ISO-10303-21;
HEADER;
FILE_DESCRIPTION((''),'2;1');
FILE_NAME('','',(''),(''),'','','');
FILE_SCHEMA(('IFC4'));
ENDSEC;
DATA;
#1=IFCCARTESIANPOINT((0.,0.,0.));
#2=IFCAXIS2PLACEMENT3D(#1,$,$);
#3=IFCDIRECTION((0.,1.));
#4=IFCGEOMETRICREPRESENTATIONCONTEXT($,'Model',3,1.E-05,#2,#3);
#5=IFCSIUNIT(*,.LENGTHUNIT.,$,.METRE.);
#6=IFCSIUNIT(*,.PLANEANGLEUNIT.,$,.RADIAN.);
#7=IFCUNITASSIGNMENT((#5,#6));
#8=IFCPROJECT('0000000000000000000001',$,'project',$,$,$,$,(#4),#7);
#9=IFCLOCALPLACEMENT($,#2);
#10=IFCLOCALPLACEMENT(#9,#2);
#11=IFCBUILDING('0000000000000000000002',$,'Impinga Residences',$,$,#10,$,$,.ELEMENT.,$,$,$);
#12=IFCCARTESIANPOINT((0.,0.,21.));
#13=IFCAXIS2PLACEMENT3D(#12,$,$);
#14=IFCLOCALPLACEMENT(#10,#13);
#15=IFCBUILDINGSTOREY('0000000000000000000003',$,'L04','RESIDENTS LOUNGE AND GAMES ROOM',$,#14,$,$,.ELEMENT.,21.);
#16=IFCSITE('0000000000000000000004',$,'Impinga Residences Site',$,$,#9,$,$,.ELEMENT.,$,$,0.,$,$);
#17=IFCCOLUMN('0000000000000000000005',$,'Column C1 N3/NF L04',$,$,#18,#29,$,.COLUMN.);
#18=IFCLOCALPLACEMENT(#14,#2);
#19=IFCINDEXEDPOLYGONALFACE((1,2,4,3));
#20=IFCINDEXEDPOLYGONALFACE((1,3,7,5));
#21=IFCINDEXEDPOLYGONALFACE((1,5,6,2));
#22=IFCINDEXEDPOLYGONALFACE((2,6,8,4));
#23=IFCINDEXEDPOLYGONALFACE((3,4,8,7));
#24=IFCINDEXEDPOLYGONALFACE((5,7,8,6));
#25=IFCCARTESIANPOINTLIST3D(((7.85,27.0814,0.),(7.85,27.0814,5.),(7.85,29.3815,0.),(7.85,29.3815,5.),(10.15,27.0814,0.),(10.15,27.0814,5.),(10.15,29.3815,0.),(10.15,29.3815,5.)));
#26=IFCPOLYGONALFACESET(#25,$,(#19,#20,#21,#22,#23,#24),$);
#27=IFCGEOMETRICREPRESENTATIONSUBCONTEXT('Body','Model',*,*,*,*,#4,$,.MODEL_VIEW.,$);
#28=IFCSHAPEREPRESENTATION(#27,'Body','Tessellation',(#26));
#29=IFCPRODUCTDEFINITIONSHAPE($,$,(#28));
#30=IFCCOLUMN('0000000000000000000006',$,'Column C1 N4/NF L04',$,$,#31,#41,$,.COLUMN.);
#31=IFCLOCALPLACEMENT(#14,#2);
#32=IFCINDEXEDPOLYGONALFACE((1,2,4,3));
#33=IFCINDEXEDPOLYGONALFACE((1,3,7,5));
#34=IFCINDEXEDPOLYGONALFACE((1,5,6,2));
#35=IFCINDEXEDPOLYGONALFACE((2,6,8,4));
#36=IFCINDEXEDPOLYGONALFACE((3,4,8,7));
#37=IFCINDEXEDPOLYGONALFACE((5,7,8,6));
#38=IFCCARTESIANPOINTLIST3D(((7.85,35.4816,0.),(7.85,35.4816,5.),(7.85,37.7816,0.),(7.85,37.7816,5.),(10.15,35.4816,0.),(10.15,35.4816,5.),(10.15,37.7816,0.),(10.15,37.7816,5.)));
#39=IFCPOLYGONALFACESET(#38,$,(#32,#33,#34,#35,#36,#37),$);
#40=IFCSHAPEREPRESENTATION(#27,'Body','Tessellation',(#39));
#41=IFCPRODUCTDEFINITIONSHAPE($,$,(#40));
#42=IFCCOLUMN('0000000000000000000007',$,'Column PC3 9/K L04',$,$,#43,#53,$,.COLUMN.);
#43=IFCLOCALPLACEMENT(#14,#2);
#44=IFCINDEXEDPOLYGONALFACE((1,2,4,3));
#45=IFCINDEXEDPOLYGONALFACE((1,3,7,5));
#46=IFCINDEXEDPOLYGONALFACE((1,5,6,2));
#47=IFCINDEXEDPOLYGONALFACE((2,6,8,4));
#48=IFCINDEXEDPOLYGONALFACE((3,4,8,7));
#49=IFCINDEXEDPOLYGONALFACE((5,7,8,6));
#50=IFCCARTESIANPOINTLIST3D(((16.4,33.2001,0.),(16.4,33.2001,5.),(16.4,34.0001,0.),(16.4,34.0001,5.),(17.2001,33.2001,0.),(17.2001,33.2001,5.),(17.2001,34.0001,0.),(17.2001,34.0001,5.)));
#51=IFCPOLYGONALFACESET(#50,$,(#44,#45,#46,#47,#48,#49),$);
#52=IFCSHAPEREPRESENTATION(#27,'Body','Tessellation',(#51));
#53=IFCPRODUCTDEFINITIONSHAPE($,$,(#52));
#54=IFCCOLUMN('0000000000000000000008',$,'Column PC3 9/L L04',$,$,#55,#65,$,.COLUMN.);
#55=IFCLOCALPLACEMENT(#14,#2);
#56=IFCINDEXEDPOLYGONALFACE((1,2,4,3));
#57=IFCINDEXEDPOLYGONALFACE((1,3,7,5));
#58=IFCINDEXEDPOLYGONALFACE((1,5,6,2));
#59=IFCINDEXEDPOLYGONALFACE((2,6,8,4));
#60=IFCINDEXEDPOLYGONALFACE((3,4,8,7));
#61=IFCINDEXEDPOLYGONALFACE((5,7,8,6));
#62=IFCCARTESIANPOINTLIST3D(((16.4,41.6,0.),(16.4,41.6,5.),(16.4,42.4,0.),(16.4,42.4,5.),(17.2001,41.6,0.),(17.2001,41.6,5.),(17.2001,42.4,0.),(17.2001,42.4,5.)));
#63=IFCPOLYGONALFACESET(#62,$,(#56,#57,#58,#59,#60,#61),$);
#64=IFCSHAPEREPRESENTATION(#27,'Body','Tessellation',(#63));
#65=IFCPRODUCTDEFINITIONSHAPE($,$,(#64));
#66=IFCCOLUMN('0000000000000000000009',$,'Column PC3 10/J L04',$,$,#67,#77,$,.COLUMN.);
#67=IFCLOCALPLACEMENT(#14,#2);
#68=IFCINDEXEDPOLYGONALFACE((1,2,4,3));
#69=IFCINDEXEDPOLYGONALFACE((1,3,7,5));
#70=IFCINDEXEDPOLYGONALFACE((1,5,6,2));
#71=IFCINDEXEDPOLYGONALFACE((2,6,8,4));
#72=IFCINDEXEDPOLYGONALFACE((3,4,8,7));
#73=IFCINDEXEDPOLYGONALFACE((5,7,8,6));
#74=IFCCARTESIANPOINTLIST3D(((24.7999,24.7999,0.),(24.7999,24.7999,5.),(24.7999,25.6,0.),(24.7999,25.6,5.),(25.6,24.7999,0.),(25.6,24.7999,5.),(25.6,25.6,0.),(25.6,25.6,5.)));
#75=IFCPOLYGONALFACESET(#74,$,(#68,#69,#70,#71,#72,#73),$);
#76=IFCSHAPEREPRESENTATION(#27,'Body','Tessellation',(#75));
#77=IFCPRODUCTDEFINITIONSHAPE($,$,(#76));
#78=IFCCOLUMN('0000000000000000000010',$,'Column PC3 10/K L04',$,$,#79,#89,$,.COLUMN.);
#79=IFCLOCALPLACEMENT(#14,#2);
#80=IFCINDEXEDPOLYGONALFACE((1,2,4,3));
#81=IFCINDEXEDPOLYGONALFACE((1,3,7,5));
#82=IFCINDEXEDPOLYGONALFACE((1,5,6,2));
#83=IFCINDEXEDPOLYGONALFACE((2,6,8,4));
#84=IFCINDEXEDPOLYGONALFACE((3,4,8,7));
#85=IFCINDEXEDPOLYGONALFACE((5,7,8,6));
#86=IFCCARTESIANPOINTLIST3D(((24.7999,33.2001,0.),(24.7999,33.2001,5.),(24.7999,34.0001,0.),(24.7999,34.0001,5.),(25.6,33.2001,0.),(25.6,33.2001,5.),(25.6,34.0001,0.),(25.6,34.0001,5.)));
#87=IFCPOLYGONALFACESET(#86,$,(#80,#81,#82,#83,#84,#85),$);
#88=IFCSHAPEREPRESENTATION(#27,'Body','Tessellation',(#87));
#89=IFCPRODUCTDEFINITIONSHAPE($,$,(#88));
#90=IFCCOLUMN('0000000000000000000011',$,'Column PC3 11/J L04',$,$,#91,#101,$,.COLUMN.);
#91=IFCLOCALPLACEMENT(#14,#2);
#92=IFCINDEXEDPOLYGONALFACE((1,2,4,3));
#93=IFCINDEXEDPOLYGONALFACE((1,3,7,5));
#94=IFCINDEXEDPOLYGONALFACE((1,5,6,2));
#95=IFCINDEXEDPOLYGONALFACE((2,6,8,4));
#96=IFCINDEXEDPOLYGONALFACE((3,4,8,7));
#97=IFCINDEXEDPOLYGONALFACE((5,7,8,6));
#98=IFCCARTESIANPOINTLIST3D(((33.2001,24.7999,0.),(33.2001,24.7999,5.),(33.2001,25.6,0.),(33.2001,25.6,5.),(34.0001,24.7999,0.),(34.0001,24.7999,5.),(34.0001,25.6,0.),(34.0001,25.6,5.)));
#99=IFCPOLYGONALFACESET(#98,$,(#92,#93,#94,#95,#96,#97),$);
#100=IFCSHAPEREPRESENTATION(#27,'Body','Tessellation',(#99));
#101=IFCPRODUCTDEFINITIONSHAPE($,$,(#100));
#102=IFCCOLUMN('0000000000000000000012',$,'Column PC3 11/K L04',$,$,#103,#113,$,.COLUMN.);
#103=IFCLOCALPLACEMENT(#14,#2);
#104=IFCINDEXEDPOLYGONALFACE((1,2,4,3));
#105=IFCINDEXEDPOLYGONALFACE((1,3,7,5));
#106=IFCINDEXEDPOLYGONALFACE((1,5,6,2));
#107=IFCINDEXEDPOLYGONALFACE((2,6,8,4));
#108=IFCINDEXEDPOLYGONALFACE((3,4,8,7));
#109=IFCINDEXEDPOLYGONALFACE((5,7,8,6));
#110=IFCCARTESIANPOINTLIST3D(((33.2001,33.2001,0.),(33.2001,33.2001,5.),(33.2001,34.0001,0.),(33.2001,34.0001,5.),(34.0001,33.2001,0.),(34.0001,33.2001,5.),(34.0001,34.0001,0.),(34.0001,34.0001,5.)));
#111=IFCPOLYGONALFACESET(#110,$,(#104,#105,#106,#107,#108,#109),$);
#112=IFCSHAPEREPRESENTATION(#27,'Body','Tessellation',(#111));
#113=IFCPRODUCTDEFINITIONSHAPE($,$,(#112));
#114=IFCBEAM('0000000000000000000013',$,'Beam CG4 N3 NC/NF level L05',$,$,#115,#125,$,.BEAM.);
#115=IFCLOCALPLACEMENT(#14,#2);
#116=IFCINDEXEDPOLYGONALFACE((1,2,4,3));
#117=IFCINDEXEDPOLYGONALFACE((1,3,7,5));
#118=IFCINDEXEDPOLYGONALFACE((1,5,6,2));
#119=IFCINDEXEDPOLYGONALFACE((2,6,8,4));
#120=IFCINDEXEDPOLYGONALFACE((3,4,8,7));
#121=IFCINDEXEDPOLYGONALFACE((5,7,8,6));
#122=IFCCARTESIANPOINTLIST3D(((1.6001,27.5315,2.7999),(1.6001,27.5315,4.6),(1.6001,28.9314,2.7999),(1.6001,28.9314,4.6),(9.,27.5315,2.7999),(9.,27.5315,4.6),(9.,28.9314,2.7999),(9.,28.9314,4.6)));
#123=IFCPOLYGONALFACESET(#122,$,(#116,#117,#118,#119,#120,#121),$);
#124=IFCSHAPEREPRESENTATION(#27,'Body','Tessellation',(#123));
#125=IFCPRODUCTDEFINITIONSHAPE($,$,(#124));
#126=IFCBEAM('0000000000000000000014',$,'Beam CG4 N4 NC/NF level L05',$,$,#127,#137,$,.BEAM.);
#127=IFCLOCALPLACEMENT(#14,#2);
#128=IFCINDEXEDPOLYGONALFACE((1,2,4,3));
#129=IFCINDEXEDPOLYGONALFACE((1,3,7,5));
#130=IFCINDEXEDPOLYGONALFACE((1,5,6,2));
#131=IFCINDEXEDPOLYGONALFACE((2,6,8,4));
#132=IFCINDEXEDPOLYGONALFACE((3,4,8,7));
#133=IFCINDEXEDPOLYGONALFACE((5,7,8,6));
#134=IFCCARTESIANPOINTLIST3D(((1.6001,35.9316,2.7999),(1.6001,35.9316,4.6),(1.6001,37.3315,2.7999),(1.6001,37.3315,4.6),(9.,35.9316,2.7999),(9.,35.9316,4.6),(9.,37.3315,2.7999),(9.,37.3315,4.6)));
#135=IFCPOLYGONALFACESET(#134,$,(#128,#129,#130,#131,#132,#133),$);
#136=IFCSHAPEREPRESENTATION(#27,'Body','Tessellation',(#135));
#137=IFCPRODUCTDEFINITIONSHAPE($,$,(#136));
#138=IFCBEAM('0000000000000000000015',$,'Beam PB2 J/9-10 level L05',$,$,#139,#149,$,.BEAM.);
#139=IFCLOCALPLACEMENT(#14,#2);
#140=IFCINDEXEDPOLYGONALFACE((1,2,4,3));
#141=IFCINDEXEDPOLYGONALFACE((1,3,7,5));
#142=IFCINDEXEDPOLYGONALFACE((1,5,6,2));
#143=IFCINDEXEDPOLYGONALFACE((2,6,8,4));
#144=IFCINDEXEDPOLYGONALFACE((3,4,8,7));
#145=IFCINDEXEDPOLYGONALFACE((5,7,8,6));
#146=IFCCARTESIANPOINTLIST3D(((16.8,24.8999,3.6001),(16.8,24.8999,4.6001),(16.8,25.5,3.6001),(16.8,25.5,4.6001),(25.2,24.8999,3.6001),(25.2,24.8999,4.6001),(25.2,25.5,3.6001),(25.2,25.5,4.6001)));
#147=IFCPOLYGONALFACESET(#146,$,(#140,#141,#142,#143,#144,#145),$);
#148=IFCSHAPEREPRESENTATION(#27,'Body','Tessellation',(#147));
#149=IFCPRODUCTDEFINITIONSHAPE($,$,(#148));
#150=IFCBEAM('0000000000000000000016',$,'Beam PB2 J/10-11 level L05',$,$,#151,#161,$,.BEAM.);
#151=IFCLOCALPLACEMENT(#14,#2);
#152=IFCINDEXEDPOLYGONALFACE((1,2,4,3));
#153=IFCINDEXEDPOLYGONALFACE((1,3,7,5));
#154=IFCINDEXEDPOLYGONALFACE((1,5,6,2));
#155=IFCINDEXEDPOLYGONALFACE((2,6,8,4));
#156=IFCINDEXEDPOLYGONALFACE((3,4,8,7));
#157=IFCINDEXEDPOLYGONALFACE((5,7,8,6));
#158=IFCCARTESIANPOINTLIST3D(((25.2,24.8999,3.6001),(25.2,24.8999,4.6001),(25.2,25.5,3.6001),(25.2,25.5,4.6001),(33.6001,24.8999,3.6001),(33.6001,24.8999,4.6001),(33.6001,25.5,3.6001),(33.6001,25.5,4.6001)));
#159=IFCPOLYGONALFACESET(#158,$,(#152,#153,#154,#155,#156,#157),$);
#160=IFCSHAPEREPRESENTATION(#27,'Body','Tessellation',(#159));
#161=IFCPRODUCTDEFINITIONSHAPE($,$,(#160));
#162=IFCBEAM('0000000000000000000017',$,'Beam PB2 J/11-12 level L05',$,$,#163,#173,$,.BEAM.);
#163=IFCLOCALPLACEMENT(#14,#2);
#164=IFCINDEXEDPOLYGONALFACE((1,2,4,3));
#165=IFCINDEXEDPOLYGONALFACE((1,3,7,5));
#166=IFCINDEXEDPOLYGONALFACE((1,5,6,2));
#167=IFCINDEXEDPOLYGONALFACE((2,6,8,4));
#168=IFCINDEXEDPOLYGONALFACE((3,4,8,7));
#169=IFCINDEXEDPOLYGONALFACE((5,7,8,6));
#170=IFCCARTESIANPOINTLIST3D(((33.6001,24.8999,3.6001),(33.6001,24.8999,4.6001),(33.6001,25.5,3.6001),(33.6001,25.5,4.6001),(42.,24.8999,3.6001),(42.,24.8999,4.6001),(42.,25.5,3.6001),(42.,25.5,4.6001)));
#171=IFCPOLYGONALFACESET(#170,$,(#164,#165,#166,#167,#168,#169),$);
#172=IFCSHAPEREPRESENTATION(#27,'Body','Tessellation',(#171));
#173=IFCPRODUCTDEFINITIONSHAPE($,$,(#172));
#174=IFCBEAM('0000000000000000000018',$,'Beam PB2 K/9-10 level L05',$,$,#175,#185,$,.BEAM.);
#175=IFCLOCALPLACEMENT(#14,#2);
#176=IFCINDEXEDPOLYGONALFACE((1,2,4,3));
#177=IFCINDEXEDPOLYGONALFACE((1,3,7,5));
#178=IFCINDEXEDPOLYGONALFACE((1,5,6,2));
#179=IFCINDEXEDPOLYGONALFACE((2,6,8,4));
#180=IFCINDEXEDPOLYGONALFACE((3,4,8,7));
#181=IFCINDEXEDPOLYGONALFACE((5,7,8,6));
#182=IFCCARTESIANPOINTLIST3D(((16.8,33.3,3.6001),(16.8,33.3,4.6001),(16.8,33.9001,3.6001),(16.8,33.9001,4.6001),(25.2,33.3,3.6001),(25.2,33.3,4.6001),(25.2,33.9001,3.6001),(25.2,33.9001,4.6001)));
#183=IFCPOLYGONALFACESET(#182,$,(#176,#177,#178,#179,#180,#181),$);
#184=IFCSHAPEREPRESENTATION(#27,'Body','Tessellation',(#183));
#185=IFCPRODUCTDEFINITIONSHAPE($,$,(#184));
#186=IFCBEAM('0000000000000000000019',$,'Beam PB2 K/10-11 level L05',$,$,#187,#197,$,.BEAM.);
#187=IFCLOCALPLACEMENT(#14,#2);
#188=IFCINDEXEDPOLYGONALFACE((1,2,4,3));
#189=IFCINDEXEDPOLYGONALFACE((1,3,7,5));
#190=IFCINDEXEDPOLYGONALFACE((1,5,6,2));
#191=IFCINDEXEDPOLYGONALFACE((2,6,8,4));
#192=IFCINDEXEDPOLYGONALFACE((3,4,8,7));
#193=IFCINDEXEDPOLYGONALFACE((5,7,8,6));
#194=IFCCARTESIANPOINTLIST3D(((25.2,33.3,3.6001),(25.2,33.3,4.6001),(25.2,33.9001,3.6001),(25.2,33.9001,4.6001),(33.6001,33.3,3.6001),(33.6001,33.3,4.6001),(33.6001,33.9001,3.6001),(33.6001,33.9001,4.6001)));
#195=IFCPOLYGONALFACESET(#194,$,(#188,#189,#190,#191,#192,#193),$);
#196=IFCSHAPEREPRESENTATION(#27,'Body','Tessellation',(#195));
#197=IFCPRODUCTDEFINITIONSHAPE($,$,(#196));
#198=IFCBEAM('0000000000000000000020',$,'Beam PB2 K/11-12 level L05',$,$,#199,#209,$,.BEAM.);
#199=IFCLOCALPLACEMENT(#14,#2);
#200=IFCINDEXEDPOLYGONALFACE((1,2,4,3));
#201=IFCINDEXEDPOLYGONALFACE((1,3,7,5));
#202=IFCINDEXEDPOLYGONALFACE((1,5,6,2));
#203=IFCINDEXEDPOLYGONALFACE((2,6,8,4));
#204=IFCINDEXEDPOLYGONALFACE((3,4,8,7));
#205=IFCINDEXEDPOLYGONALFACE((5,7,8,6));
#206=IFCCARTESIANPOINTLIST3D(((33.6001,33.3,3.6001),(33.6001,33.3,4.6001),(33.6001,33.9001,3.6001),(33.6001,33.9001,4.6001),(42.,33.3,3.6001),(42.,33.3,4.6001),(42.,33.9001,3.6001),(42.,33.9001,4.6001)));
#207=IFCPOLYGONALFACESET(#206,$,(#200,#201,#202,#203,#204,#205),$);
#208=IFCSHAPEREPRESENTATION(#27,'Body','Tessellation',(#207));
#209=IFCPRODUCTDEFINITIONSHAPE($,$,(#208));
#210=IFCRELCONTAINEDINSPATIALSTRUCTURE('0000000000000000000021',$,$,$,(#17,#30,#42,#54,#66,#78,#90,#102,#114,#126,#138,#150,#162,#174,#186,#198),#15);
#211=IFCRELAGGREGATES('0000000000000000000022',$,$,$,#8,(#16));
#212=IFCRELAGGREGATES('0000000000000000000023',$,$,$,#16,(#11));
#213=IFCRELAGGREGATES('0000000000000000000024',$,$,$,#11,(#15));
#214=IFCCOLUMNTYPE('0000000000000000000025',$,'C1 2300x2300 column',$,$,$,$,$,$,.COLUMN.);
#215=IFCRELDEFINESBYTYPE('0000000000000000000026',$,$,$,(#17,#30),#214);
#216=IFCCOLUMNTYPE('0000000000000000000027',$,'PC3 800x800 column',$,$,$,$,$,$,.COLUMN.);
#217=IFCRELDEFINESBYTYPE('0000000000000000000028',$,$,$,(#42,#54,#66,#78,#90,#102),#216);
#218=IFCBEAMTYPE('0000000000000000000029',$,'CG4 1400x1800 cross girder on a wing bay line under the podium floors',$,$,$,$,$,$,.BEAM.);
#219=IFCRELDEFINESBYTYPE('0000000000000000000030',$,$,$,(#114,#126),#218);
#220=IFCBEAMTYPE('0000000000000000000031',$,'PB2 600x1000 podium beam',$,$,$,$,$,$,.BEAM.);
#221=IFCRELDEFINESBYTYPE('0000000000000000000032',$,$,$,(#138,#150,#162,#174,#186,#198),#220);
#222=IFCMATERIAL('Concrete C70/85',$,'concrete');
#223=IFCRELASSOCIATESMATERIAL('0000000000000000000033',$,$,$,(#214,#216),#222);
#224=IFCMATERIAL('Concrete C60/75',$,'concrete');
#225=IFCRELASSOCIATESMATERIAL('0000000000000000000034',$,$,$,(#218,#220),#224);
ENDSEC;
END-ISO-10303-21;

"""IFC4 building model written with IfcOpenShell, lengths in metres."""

from ifc_helpers import new_model, si_unit, direction, frame, origin, origin_2d, place, context, subcontext, project, spatial, rectangle, extrude, material, material_profile, profile_set, type_object, element, save


model = new_model("IFC4")

# Units and contexts
model_context = context("Model", 3, precision=1e-05, world=origin(), true_north=direction((0.0, 1.0)))
body_context = subcontext(model_context, "Body", "Model", "MODEL_VIEW")
ifc_project = project(units=[si_unit("LENGTHUNIT", "METRE"), si_unit("PLANEANGLEUNIT", "RADIAN")], contexts=[model_context])

# Site, building, storey
site_placement = place(None, origin())
site = spatial("IfcSite", under=ifc_project, at=site_placement, Name="Impinga Residences Site", CompositionType="ELEMENT", RefElevation=0.0)
building_placement = place(site_placement, origin())
building = spatial("IfcBuilding", under=site, at=building_placement, Name="Impinga Residences", CompositionType="ELEMENT")
storey_placement = place(building_placement, frame((0.0, 0.0, 21.0)))
storey = spatial("IfcBuildingStorey", under=building, at=storey_placement, Name="L04", Description="RESIDENTS LOUNGE AND GAMES ROOM", CompositionType="ELEMENT", Elevation=21.0)

# Columns
ifc_material_1 = material(Name="Concrete C70/85", Category="concrete")
ifc_material_profile_1 = material_profile(ifc_material_1, rectangle(XDim=2.3, YDim=2.3, at=origin_2d()), Name="RC 2300x2300")
ifc_profile_set_1 = profile_set([ifc_material_profile_1], Name="Concrete C70/85")
column_type_1 = type_object("IfcColumnType", Name="C1 2300x2300 column", PredefinedType="COLUMN", material=ifc_profile_set_1)
for number, where, z_axis, x_axis, name in (
    (1, (9.0, 28.2314, 0.0), (0.0, 0.0, 1.0), (1.0, 0.0, 0.0), "Column C1 N3/NF L04"),
    (2, (9.0, 36.6316, 0.0), (0.0, 0.0, 1.0), (1.0, 0.0, 0.0), "Column C1 N4/NF L04"),
):
    element("IfcColumn", number, at=place(storey_placement, frame(where, z_axis=z_axis, x_axis=x_axis)), inside=storey, type_object=column_type_1, Name=name, PredefinedType="COLUMN", context=body_context, shape_type="SweptSolid", body=[
        extrude(rectangle(XDim=2.3, YDim=2.3, at=origin_2d()), origin(), (0.0, 0.0, 1.0), 5.0),
    ])
ifc_material_profile_2 = material_profile(ifc_material_1, rectangle(XDim=0.8, YDim=0.8, at=origin_2d()), Name="RC 800x800")
ifc_profile_set_2 = profile_set([ifc_material_profile_2], Name="Concrete C70/85")
column_type_2 = type_object("IfcColumnType", Name="PC3 800x800 column", PredefinedType="COLUMN", material=ifc_profile_set_2)
for number, where, z_axis, x_axis, name in (
    (3, (16.8, 33.6001, 0.0), (0.0, 0.0, 1.0), (1.0, 0.0, 0.0), "Column PC3 9/K L04"),
    (4, (16.8, 42.0, 0.0), (0.0, 0.0, 1.0), (1.0, 0.0, 0.0), "Column PC3 9/L L04"),
    (5, (25.2, 25.2, 0.0), (0.0, 0.0, 1.0), (1.0, 0.0, 0.0), "Column PC3 10/J L04"),
    (6, (25.2, 33.6001, 0.0), (0.0, 0.0, 1.0), (1.0, 0.0, 0.0), "Column PC3 10/K L04"),
    (7, (33.6001, 25.2, 0.0), (0.0, 0.0, 1.0), (1.0, 0.0, 0.0), "Column PC3 11/J L04"),
    (8, (33.6001, 33.6001, 0.0), (0.0, 0.0, 1.0), (1.0, 0.0, 0.0), "Column PC3 11/K L04"),
):
    element("IfcColumn", number, at=place(storey_placement, frame(where, z_axis=z_axis, x_axis=x_axis)), inside=storey, type_object=column_type_2, Name=name, PredefinedType="COLUMN", context=body_context, shape_type="SweptSolid", body=[
        extrude(rectangle(XDim=0.8, YDim=0.8, at=origin_2d()), origin(), (0.0, 0.0, 1.0), 5.0),
    ])

# Beams
ifc_material_2 = material(Name="Concrete C60/75", Category="concrete")
ifc_material_profile_3 = material_profile(ifc_material_2, rectangle(XDim=1.3999, YDim=1.8, at=origin_2d()), Name="RC 1400x1800")
ifc_profile_set_3 = profile_set([ifc_material_profile_3], Name="Concrete C60/75")
beam_type_1 = type_object("IfcBeamType", Name="CG4 1400x1800 cross girder on a wing bay line under the podium floors", PredefinedType="BEAM", material=ifc_profile_set_3)
for number, where, z_axis, x_axis, name in (
    (9, (1.6001, 28.2314, 3.7), (1.0, 0.0, 0.0), (0.0, 1.0, 0.0), "Beam CG4 N3 NC/NF level L05"),
    (10, (1.6001, 36.6316, 3.7), (1.0, 0.0, 0.0), (0.0, 1.0, 0.0), "Beam CG4 N4 NC/NF level L05"),
):
    element("IfcBeam", number, at=place(storey_placement, frame(where, z_axis=z_axis, x_axis=x_axis)), inside=storey, type_object=beam_type_1, Name=name, PredefinedType="BEAM", context=body_context, shape_type="SweptSolid", body=[
        extrude(rectangle(XDim=1.3999, YDim=1.8, at=origin_2d()), origin(), (0.0, 0.0, 1.0), 7.3999),
    ])
ifc_material_profile_4 = material_profile(ifc_material_2, rectangle(XDim=0.6001, YDim=1.0, at=origin_2d()), Name="RC 600x1000")
ifc_profile_set_4 = profile_set([ifc_material_profile_4], Name="Concrete C60/75")
beam_type_2 = type_object("IfcBeamType", Name="PB2 600x1000 podium beam", PredefinedType="BEAM", material=ifc_profile_set_4)
beam_1_placement = place(storey_placement, frame((16.8, 25.2, 4.1001), z_axis=(1.0, 0.0, 0.0), x_axis=(0.0, 1.0, 0.0)))
element("IfcBeam", 11, at=beam_1_placement, inside=storey, type_object=beam_type_2, Name="Beam PB2 J/9-10 level L05", PredefinedType="BEAM", context=body_context, shape_type="SweptSolid", body=[
    extrude(rectangle(XDim=0.6001, YDim=1.0, at=origin_2d()), origin(), (0.0, 0.0, 1.0), 8.3999),
])
beam_2_placement = place(storey_placement, frame((25.2, 25.2, 4.1001), z_axis=(1.0, 0.0, 0.0), x_axis=(0.0, 1.0, 0.0)))
element("IfcBeam", 12, at=beam_2_placement, inside=storey, type_object=beam_type_2, Name="Beam PB2 J/10-11 level L05", PredefinedType="BEAM", context=body_context, shape_type="SweptSolid", body=[
    extrude(rectangle(XDim=0.6001, YDim=1.0, at=origin_2d()), origin(), (0.0, 0.0, 1.0), 8.4001),
])
for number, where, z_axis, x_axis, name in (
    (13, (33.6001, 25.2, 4.1001), (1.0, 0.0, 0.0), (0.0, 1.0, 0.0), "Beam PB2 J/11-12 level L05"),
    (14, (16.8, 33.6001, 4.1001), (1.0, 0.0, 0.0), (0.0, 1.0, 0.0), "Beam PB2 K/9-10 level L05"),
):
    element("IfcBeam", number, at=place(storey_placement, frame(where, z_axis=z_axis, x_axis=x_axis)), inside=storey, type_object=beam_type_2, Name=name, PredefinedType="BEAM", context=body_context, shape_type="SweptSolid", body=[
        extrude(rectangle(XDim=0.6001, YDim=1.0, at=origin_2d()), origin(), (0.0, 0.0, 1.0), 8.3999),
    ])
beam_3_placement = place(storey_placement, frame((25.2, 33.6001, 4.1001), z_axis=(1.0, 0.0, 0.0), x_axis=(0.0, 1.0, 0.0)))
element("IfcBeam", 15, at=beam_3_placement, inside=storey, type_object=beam_type_2, Name="Beam PB2 K/10-11 level L05", PredefinedType="BEAM", context=body_context, shape_type="SweptSolid", body=[
    extrude(rectangle(XDim=0.6001, YDim=1.0, at=origin_2d()), origin(), (0.0, 0.0, 1.0), 8.4001),
])
for number, where, z_axis, x_axis, name in (
    (16, (33.6001, 33.6001, 4.1001), (1.0, 0.0, 0.0), (0.0, 1.0, 0.0), "Beam PB2 K/11-12 level L05"),
):
    element("IfcBeam", number, at=place(storey_placement, frame(where, z_axis=z_axis, x_axis=x_axis)), inside=storey, type_object=beam_type_2, Name=name, PredefinedType="BEAM", context=body_context, shape_type="SweptSolid", body=[
        extrude(rectangle(XDim=0.6001, YDim=1.0, at=origin_2d()), origin(), (0.0, 0.0, 1.0), 8.3999),
    ])

save(model, "model.ifc")
